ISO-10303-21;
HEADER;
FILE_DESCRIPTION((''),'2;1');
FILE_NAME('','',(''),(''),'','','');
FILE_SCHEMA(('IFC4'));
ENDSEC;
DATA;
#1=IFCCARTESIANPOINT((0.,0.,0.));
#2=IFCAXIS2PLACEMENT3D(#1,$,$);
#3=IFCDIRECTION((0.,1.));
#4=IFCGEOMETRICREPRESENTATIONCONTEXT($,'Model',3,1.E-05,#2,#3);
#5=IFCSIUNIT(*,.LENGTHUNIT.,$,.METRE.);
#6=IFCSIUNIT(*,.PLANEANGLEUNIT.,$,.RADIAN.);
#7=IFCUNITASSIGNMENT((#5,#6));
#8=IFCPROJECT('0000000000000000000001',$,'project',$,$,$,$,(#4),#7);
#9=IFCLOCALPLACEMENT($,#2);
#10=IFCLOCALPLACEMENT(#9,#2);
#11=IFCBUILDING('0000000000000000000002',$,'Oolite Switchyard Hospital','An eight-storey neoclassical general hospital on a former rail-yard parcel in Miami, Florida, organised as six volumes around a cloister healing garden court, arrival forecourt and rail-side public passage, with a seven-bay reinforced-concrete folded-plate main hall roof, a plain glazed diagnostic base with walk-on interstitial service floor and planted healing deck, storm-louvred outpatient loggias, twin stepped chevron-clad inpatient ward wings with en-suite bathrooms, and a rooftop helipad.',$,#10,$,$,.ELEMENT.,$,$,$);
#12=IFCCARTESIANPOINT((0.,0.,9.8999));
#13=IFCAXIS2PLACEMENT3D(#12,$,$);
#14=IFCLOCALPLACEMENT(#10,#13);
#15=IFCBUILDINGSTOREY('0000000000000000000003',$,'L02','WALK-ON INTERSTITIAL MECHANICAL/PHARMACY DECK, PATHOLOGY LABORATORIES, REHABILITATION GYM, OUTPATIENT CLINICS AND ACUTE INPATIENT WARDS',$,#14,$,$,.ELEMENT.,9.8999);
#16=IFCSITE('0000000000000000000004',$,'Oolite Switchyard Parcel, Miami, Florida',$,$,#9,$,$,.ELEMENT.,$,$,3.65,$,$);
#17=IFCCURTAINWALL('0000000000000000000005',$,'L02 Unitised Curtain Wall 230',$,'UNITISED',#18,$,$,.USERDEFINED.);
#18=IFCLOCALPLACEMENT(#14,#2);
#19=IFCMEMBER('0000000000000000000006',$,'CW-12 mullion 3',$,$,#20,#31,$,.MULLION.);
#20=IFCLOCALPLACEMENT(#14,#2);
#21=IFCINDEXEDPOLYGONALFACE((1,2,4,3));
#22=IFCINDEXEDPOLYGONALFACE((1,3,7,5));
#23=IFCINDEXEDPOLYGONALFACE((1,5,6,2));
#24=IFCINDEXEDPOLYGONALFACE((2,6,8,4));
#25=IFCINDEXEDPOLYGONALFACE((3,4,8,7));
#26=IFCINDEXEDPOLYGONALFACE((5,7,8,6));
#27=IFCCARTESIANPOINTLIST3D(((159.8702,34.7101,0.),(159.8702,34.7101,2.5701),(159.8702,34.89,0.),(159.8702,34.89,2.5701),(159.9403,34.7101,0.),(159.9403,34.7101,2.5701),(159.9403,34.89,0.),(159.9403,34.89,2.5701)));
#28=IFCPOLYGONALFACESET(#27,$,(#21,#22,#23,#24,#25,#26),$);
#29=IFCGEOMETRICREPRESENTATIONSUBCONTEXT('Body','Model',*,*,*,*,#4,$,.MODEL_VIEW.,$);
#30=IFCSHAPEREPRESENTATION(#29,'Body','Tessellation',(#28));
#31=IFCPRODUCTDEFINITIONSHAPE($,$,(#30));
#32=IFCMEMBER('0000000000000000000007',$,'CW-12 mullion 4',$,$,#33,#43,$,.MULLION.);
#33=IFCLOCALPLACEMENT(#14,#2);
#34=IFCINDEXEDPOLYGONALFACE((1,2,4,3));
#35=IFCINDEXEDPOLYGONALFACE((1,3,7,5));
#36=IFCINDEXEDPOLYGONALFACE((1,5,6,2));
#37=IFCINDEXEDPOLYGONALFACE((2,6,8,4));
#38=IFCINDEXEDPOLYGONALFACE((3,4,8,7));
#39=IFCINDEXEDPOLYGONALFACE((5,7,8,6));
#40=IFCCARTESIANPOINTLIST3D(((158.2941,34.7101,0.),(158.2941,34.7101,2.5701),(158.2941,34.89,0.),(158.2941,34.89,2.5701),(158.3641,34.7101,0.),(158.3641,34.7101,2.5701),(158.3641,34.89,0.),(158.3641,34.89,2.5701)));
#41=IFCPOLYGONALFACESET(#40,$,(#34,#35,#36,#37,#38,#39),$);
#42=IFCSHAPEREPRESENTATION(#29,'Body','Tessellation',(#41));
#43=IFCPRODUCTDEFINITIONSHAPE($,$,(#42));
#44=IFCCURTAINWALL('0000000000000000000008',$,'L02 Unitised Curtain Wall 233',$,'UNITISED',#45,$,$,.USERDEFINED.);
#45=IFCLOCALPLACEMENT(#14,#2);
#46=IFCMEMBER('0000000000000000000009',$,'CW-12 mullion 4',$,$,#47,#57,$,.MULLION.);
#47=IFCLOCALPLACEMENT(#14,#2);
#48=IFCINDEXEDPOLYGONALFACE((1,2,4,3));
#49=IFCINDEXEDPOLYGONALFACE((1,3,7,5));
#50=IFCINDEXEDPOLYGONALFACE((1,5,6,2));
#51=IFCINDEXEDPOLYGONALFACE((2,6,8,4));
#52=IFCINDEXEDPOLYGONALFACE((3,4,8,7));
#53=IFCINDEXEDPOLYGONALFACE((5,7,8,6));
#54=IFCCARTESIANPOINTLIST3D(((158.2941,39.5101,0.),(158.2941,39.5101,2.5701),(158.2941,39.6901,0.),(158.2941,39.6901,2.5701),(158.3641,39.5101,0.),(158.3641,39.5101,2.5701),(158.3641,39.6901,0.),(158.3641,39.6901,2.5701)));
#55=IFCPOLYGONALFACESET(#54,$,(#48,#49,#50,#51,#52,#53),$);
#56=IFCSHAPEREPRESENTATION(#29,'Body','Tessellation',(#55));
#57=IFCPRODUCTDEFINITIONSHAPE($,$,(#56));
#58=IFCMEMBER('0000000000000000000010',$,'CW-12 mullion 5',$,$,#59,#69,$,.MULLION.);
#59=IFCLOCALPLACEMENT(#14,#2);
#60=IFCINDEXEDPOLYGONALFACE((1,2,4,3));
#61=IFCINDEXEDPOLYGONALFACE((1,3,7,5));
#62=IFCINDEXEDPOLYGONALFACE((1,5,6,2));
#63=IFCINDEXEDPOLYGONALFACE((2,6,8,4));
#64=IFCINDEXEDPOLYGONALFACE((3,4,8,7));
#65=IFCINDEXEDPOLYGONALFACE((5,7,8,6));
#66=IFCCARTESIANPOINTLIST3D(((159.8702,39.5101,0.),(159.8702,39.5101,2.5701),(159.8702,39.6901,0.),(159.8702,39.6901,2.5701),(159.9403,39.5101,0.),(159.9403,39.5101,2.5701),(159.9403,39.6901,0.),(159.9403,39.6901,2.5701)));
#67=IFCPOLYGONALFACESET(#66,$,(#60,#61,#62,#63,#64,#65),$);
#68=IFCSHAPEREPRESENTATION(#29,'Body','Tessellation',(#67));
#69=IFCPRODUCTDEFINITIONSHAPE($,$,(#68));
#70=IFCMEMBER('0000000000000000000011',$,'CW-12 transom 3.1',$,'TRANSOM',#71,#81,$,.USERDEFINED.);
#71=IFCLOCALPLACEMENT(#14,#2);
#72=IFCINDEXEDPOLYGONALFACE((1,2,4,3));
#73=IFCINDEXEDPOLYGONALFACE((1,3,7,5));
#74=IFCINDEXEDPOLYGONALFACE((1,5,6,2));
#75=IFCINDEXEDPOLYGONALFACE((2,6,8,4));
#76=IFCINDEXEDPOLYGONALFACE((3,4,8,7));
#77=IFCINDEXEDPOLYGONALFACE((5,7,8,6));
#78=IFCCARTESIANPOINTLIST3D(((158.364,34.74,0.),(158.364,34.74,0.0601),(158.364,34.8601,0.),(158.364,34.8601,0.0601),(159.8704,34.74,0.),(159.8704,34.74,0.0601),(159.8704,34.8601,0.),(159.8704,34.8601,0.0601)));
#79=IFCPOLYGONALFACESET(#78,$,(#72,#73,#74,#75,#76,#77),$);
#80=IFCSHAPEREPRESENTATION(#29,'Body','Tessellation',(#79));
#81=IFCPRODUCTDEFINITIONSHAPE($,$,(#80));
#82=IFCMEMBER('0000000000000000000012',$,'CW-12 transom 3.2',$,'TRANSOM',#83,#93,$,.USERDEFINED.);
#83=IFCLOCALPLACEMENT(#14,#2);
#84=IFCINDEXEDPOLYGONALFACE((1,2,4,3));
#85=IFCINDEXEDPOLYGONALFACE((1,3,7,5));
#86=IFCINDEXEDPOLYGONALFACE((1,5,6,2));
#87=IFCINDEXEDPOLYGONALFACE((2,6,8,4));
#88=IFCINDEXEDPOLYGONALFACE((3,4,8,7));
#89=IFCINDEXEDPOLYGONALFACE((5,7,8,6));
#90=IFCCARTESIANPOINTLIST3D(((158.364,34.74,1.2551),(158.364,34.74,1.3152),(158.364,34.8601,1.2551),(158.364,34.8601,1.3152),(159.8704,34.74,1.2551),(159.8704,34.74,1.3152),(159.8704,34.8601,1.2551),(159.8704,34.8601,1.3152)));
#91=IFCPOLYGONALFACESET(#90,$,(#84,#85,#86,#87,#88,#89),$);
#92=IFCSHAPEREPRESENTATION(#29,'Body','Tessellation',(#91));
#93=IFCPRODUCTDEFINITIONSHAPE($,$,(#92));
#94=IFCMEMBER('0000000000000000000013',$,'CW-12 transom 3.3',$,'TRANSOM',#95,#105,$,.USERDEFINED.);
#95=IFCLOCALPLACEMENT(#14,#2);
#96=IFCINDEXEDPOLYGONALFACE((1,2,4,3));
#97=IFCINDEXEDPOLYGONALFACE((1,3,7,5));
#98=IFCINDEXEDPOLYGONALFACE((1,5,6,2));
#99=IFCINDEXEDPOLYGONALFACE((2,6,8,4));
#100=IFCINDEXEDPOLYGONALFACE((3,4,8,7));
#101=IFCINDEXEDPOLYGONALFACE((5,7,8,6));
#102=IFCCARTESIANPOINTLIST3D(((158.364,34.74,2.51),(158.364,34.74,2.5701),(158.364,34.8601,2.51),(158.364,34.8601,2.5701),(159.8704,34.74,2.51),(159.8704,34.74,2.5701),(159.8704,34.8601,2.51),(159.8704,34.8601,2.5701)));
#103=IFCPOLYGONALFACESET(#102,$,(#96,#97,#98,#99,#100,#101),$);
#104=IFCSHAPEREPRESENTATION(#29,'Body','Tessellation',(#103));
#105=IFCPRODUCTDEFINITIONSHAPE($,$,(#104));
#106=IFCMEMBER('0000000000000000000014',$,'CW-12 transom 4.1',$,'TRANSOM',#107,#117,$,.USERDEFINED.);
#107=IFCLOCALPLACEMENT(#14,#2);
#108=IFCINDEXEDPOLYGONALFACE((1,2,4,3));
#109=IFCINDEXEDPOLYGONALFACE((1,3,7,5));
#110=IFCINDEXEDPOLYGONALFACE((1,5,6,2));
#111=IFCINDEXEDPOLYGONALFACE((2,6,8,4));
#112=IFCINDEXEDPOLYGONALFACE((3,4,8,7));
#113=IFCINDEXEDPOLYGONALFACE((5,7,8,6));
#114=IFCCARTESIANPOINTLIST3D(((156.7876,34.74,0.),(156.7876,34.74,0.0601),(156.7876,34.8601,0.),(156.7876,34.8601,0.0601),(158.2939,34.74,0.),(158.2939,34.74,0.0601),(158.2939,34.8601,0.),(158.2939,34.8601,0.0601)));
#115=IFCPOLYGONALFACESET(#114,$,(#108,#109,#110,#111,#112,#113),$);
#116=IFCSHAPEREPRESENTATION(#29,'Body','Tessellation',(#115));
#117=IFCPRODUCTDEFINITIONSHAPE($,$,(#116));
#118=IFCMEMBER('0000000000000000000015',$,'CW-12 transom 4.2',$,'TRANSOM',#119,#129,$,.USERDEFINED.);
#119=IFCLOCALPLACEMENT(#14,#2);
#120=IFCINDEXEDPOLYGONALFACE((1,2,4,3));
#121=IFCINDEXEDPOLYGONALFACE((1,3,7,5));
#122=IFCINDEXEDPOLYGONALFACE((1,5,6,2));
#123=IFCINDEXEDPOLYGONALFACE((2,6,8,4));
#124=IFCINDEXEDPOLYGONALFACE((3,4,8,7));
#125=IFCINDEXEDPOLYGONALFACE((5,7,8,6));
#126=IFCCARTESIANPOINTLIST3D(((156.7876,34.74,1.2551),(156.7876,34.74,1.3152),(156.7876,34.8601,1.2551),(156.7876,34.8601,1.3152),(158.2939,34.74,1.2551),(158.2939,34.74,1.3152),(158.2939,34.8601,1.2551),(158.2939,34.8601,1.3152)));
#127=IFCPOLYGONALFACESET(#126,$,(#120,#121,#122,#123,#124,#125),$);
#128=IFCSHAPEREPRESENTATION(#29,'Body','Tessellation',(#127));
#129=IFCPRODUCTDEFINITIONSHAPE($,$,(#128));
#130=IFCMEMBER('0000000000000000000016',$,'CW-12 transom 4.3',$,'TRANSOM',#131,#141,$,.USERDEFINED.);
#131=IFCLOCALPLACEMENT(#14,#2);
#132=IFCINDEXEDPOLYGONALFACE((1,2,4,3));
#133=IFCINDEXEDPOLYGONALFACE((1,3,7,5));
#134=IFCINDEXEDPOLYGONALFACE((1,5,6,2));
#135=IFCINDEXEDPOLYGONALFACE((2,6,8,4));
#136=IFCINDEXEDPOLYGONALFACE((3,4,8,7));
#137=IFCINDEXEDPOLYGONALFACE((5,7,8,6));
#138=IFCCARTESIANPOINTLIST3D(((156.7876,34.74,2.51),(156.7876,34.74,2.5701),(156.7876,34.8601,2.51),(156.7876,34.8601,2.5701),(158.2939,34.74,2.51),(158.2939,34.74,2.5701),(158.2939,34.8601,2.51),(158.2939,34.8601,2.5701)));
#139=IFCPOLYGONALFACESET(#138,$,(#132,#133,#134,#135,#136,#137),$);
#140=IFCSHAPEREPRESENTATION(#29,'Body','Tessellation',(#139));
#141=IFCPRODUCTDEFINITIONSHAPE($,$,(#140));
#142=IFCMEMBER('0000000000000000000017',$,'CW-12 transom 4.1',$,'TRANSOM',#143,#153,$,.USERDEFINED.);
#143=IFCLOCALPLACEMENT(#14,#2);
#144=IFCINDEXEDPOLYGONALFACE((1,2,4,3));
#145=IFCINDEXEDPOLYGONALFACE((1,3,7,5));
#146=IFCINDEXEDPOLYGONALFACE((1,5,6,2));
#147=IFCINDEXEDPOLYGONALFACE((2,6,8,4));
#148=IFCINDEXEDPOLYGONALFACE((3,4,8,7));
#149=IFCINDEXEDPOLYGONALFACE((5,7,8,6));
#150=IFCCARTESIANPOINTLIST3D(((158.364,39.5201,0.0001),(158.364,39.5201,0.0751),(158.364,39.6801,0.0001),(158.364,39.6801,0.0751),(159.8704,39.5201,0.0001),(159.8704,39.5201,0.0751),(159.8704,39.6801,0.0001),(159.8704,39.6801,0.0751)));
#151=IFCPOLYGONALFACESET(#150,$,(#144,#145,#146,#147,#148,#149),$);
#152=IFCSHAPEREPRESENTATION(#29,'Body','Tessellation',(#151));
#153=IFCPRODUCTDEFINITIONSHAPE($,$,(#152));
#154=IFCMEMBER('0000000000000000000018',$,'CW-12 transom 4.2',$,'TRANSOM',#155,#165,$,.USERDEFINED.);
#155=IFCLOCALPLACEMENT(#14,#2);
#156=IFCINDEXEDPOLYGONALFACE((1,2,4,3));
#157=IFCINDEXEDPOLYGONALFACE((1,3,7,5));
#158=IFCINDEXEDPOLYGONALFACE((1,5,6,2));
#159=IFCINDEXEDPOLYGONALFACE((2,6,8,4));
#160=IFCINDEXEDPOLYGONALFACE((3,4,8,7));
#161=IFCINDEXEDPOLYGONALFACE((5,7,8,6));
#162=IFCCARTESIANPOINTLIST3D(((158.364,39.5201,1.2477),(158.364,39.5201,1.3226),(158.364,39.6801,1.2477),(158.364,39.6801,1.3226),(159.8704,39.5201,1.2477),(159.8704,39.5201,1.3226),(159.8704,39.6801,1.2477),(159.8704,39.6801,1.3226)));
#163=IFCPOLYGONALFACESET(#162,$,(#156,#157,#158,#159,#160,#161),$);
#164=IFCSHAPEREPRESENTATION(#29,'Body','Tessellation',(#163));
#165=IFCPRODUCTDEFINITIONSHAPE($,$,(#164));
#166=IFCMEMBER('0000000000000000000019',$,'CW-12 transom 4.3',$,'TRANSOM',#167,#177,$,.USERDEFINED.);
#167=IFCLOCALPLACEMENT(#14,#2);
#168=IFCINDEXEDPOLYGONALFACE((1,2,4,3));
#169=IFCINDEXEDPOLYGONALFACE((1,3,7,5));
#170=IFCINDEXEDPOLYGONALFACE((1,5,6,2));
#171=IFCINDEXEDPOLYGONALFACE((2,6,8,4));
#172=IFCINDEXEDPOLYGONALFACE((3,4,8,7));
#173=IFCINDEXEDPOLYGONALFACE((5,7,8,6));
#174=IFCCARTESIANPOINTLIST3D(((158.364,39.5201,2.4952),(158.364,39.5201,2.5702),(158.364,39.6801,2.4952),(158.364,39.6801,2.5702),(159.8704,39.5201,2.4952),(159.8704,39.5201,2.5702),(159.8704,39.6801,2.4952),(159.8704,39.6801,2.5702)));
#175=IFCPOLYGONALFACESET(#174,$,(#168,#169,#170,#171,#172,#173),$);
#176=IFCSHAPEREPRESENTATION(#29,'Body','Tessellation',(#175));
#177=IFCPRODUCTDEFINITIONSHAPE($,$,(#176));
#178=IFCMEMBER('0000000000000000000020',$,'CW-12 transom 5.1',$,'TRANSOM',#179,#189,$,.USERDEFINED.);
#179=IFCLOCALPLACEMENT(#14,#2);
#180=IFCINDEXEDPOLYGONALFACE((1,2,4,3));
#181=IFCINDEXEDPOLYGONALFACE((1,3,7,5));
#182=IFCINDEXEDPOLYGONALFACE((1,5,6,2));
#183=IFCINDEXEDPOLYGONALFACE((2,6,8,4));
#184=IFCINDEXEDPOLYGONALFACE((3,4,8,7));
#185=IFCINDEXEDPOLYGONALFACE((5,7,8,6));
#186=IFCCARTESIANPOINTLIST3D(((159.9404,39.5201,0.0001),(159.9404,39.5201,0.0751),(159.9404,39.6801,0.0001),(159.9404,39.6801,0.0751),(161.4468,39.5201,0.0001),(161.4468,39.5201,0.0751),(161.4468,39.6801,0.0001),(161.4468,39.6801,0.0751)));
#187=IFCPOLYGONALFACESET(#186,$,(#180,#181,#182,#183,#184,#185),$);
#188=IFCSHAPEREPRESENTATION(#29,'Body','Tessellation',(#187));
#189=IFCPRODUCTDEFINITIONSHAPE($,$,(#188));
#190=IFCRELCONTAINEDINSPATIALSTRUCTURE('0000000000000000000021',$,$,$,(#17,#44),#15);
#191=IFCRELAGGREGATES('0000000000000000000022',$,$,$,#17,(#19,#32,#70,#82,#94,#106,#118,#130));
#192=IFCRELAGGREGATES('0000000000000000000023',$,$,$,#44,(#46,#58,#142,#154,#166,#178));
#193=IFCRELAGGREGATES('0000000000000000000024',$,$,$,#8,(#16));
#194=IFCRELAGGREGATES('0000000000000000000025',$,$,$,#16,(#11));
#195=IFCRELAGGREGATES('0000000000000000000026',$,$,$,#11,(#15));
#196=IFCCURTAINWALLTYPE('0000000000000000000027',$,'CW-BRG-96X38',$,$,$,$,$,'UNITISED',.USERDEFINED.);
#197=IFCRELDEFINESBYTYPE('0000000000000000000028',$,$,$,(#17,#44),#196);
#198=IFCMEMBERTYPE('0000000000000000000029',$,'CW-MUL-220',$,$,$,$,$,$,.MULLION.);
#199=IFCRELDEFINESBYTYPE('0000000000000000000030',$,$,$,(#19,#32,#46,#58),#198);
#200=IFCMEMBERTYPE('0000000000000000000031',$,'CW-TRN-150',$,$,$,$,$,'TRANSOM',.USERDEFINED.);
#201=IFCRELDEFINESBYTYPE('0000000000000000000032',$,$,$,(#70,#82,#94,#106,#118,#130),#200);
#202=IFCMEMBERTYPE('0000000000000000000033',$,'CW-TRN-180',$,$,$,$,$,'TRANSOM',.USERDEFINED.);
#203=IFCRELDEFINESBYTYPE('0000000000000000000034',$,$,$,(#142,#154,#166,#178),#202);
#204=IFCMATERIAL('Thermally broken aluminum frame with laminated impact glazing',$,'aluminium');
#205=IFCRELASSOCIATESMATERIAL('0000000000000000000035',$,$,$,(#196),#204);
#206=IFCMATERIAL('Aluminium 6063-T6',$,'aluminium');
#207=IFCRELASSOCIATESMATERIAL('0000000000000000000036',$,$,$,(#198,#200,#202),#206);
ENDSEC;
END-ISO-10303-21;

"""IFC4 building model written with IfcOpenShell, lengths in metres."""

from ifc_helpers import new_model, si_unit, direction, frame, origin, origin_2d, place, context, subcontext, project, spatial, rectangle, extrude, material, material_profile, profile_set, type_object, element, aggregate, save


model = new_model("IFC4")

# Units and contexts
model_context = context("Model", 3, precision=1e-05, world=origin(), true_north=direction((0.0, 1.0)))
body_context = subcontext(model_context, "Body", "Model", "MODEL_VIEW")
ifc_project = project(units=[si_unit("LENGTHUNIT", "METRE"), si_unit("PLANEANGLEUNIT", "RADIAN")], contexts=[model_context])

# Site, building, storey
site_placement = place(None, origin())
site = spatial("IfcSite", under=ifc_project, at=site_placement, Name="Oolite Switchyard Parcel, Miami, Florida", CompositionType="ELEMENT", RefElevation=3.65)
building_placement = place(site_placement, origin())
building = spatial("IfcBuilding", under=site, at=building_placement, Name="Oolite Switchyard Hospital", Description="An eight-storey neoclassical general hospital on a former rail-yard parcel in Miami, Florida, organised as six volumes around a cloister healing garden court, arrival forecourt and rail-side public passage, with a seven-bay reinforced-concrete folded-plate main hall roof, a plain glazed diagnostic base with walk-on interstitial service floor and planted healing deck, storm-louvred outpatient loggias, twin stepped chevron-clad inpatient ward wings with en-suite bathrooms, and a rooftop helipad.", CompositionType="ELEMENT")
storey_placement = place(building_placement, frame((0.0, 0.0, 9.8999)))
storey = spatial("IfcBuildingStorey", under=building, at=storey_placement, Name="L02", Description="WALK-ON INTERSTITIAL MECHANICAL/PHARMACY DECK, PATHOLOGY LABORATORIES, REHABILITATION GYM, OUTPATIENT CLINICS AND ACUTE INPATIENT WARDS", CompositionType="ELEMENT", Elevation=9.8999)

# Curtain walls, members
ifc_material_1 = material(Name="Thermally broken aluminum frame with laminated impact glazing", Category="aluminium")
curtain_wall_type = type_object("IfcCurtainWallType", Name="CW-BRG-96X38", ElementType="UNITISED", PredefinedType="USERDEFINED", material=ifc_material_1)
curtain_wall_1_placement = place(storey_placement, origin())
curtain_wall_1 = element("IfcCurtainWall", 1, at=curtain_wall_1_placement, inside=storey, type_object=curtain_wall_type, Name="L02 Unitised Curtain Wall 230", ObjectType="UNITISED", PredefinedType="USERDEFINED")
ifc_material_2 = material(Name="Aluminium 6063-T6", Category="aluminium")
ifc_material_profile_1 = material_profile(ifc_material_2, rectangle(XDim=0.1799, YDim=0.0701, at=origin_2d()), Name="CWM70X180")
ifc_profile_set_1 = profile_set([ifc_material_profile_1], Name="Aluminium 6063-T6")
member_type_1 = type_object("IfcMemberType", Name="CW-MUL-220", PredefinedType="MULLION", material=ifc_profile_set_1)
member_1_placement = place(storey_placement, frame((159.9053, 34.8, 0.0), z_axis=(0.0, 0.0, 1.0), x_axis=(0.0, -1.0, 0.0)))
member_1 = element("IfcMember", 2, at=member_1_placement, type_object=member_type_1, Name="CW-12 mullion 3", PredefinedType="MULLION", context=body_context, shape_type="SweptSolid", body=[
    extrude(rectangle(XDim=0.1799, YDim=0.0701, at=origin_2d()), origin(), (0.0, 0.0, 1.0), 2.5701),
])
member_2_placement = place(storey_placement, frame((158.3291, 34.8, 0.0), z_axis=(0.0, 0.0, 1.0), x_axis=(0.0, -1.0, 0.0)))
member_2 = element("IfcMember", 3, at=member_2_placement, type_object=member_type_1, Name="CW-12 mullion 4", PredefinedType="MULLION", context=body_context, shape_type="SweptSolid", body=[
    extrude(rectangle(XDim=0.1799, YDim=0.0701, at=origin_2d()), origin(), (0.0, 0.0, 1.0), 2.5701),
])
curtain_wall_2_placement = place(storey_placement, origin())
curtain_wall_2 = element("IfcCurtainWall", 4, at=curtain_wall_2_placement, inside=storey, type_object=curtain_wall_type, Name="L02 Unitised Curtain Wall 233", ObjectType="UNITISED", PredefinedType="USERDEFINED")
member_3_placement = place(storey_placement, frame((158.3291, 39.6001, 0.0), z_axis=(0.0, 0.0, 1.0), x_axis=(0.0, 1.0, 0.0)))
member_3 = element("IfcMember", 5, at=member_3_placement, type_object=member_type_1, Name="CW-12 mullion 4", PredefinedType="MULLION", context=body_context, shape_type="SweptSolid", body=[
    extrude(rectangle(XDim=0.1799, YDim=0.0701, at=origin_2d()), origin(), (0.0, 0.0, 1.0), 2.5701),
])
member_4_placement = place(storey_placement, frame((159.9053, 39.6001, 0.0), z_axis=(0.0, 0.0, 1.0), x_axis=(0.0, 1.0, 0.0)))
member_4 = element("IfcMember", 6, at=member_4_placement, type_object=member_type_1, Name="CW-12 mullion 5", PredefinedType="MULLION", context=body_context, shape_type="SweptSolid", body=[
    extrude(rectangle(XDim=0.1799, YDim=0.0701, at=origin_2d()), origin(), (0.0, 0.0, 1.0), 2.5701),
])

# Members
ifc_material_profile_2 = material_profile(ifc_material_2, rectangle(XDim=0.1201, YDim=0.0601, at=origin_2d()), Name="CWT60X120")
ifc_profile_set_2 = profile_set([ifc_material_profile_2], Name="Aluminium 6063-T6")
member_type_2 = type_object("IfcMemberType", Name="CW-TRN-150", ElementType="TRANSOM", PredefinedType="USERDEFINED", material=ifc_profile_set_2)
member_5_placement = place(storey_placement, frame((159.8704, 34.8, 0.03), z_axis=(-1.0, 0.0, 0.0), x_axis=(0.0, -1.0, 0.0)))
member_5 = element("IfcMember", 7, at=member_5_placement, type_object=member_type_2, Name="CW-12 transom 3.1", ObjectType="TRANSOM", PredefinedType="USERDEFINED", context=body_context, shape_type="SweptSolid", body=[
    extrude(rectangle(XDim=0.1201, YDim=0.0601, at=origin_2d()), origin(), (0.0, 0.0, 1.0), 1.5063),
])
member_6_placement = place(storey_placement, frame((159.8704, 34.8, 1.2852), z_axis=(-1.0, 0.0, 0.0), x_axis=(0.0, -1.0, 0.0)))
member_6 = element("IfcMember", 8, at=member_6_placement, type_object=member_type_2, Name="CW-12 transom 3.2", ObjectType="TRANSOM", PredefinedType="USERDEFINED", context=body_context, shape_type="SweptSolid", body=[
    extrude(rectangle(XDim=0.1201, YDim=0.0601, at=origin_2d()), origin(), (0.0, 0.0, 1.0), 1.5063),
])
member_7_placement = place(storey_placement, frame((159.8704, 34.8, 2.54), z_axis=(-1.0, 0.0, 0.0), x_axis=(0.0, -1.0, 0.0)))
member_7 = element("IfcMember", 9, at=member_7_placement, type_object=member_type_2, Name="CW-12 transom 3.3", ObjectType="TRANSOM", PredefinedType="USERDEFINED", context=body_context, shape_type="SweptSolid", body=[
    extrude(rectangle(XDim=0.1201, YDim=0.0601, at=origin_2d()), origin(), (0.0, 0.0, 1.0), 1.5063),
])
member_8_placement = place(storey_placement, frame((158.2939, 34.8, 0.03), z_axis=(-1.0, 0.0, 0.0), x_axis=(0.0, -1.0, 0.0)))
member_8 = element("IfcMember", 10, at=member_8_placement, type_object=member_type_2, Name="CW-12 transom 4.1", ObjectType="TRANSOM", PredefinedType="USERDEFINED", context=body_context, shape_type="SweptSolid", body=[
    extrude(rectangle(XDim=0.1201, YDim=0.0601, at=origin_2d()), origin(), (0.0, 0.0, 1.0), 1.5063),
])
member_9_placement = place(storey_placement, frame((158.2939, 34.8, 1.2852), z_axis=(-1.0, 0.0, 0.0), x_axis=(0.0, -1.0, 0.0)))
member_9 = element("IfcMember", 11, at=member_9_placement, type_object=member_type_2, Name="CW-12 transom 4.2", ObjectType="TRANSOM", PredefinedType="USERDEFINED", context=body_context, shape_type="SweptSolid", body=[
    extrude(rectangle(XDim=0.1201, YDim=0.0601, at=origin_2d()), origin(), (0.0, 0.0, 1.0), 1.5063),
])
member_10_placement = place(storey_placement, frame((158.2939, 34.8, 2.54), z_axis=(-1.0, 0.0, 0.0), x_axis=(0.0, -1.0, 0.0)))
member_10 = element("IfcMember", 12, at=member_10_placement, type_object=member_type_2, Name="CW-12 transom 4.3", ObjectType="TRANSOM", PredefinedType="USERDEFINED", context=body_context, shape_type="SweptSolid", body=[
    extrude(rectangle(XDim=0.1201, YDim=0.0601, at=origin_2d()), origin(), (0.0, 0.0, 1.0), 1.5063),
])
ifc_material_profile_3 = material_profile(ifc_material_2, rectangle(XDim=0.1599, YDim=0.075, at=origin_2d()), Name="CWT75X160")
ifc_profile_set_3 = profile_set([ifc_material_profile_3], Name="Aluminium 6063-T6")
member_type_3 = type_object("IfcMemberType", Name="CW-TRN-180", ElementType="TRANSOM", PredefinedType="USERDEFINED", material=ifc_profile_set_3)
member_11_placement = place(storey_placement, frame((158.364, 39.6001, 0.0376), z_axis=(1.0, 0.0, 0.0), x_axis=(0.0, 1.0, 0.0)))
member_11 = element("IfcMember", 13, at=member_11_placement, type_object=member_type_3, Name="CW-12 transom 4.1", ObjectType="TRANSOM", PredefinedType="USERDEFINED", context=body_context, shape_type="SweptSolid", body=[
    extrude(rectangle(XDim=0.1599, YDim=0.075, at=origin_2d()), origin(), (0.0, 0.0, 1.0), 1.5063),
])
member_12_placement = place(storey_placement, frame((158.364, 39.6001, 1.2852), z_axis=(1.0, 0.0, 0.0), x_axis=(0.0, 1.0, 0.0)))
member_12 = element("IfcMember", 14, at=member_12_placement, type_object=member_type_3, Name="CW-12 transom 4.2", ObjectType="TRANSOM", PredefinedType="USERDEFINED", context=body_context, shape_type="SweptSolid", body=[
    extrude(rectangle(XDim=0.1599, YDim=0.075, at=origin_2d()), origin(), (0.0, 0.0, 1.0), 1.5063),
])
member_13_placement = place(storey_placement, frame((158.364, 39.6001, 2.5327), z_axis=(1.0, 0.0, 0.0), x_axis=(0.0, 1.0, 0.0)))
member_13 = element("IfcMember", 15, at=member_13_placement, type_object=member_type_3, Name="CW-12 transom 4.3", ObjectType="TRANSOM", PredefinedType="USERDEFINED", context=body_context, shape_type="SweptSolid", body=[
    extrude(rectangle(XDim=0.1599, YDim=0.075, at=origin_2d()), origin(), (0.0, 0.0, 1.0), 1.5063),
])
member_14_placement = place(storey_placement, frame((159.9404, 39.6001, 0.0376), z_axis=(1.0, 0.0, 0.0), x_axis=(0.0, 1.0, 0.0)))
member_14 = element("IfcMember", 16, at=member_14_placement, type_object=member_type_3, Name="CW-12 transom 5.1", ObjectType="TRANSOM", PredefinedType="USERDEFINED", context=body_context, shape_type="SweptSolid", body=[
    extrude(rectangle(XDim=0.1599, YDim=0.075, at=origin_2d()), origin(), (0.0, 0.0, 1.0), 1.5063),
])

aggregate(curtain_wall_1, [member_1, member_2, member_5, member_6, member_7, member_8, member_9, member_10])
aggregate(curtain_wall_2, [member_3, member_4, member_11, member_12, member_13, member_14])

save(model, "model.ifc")
